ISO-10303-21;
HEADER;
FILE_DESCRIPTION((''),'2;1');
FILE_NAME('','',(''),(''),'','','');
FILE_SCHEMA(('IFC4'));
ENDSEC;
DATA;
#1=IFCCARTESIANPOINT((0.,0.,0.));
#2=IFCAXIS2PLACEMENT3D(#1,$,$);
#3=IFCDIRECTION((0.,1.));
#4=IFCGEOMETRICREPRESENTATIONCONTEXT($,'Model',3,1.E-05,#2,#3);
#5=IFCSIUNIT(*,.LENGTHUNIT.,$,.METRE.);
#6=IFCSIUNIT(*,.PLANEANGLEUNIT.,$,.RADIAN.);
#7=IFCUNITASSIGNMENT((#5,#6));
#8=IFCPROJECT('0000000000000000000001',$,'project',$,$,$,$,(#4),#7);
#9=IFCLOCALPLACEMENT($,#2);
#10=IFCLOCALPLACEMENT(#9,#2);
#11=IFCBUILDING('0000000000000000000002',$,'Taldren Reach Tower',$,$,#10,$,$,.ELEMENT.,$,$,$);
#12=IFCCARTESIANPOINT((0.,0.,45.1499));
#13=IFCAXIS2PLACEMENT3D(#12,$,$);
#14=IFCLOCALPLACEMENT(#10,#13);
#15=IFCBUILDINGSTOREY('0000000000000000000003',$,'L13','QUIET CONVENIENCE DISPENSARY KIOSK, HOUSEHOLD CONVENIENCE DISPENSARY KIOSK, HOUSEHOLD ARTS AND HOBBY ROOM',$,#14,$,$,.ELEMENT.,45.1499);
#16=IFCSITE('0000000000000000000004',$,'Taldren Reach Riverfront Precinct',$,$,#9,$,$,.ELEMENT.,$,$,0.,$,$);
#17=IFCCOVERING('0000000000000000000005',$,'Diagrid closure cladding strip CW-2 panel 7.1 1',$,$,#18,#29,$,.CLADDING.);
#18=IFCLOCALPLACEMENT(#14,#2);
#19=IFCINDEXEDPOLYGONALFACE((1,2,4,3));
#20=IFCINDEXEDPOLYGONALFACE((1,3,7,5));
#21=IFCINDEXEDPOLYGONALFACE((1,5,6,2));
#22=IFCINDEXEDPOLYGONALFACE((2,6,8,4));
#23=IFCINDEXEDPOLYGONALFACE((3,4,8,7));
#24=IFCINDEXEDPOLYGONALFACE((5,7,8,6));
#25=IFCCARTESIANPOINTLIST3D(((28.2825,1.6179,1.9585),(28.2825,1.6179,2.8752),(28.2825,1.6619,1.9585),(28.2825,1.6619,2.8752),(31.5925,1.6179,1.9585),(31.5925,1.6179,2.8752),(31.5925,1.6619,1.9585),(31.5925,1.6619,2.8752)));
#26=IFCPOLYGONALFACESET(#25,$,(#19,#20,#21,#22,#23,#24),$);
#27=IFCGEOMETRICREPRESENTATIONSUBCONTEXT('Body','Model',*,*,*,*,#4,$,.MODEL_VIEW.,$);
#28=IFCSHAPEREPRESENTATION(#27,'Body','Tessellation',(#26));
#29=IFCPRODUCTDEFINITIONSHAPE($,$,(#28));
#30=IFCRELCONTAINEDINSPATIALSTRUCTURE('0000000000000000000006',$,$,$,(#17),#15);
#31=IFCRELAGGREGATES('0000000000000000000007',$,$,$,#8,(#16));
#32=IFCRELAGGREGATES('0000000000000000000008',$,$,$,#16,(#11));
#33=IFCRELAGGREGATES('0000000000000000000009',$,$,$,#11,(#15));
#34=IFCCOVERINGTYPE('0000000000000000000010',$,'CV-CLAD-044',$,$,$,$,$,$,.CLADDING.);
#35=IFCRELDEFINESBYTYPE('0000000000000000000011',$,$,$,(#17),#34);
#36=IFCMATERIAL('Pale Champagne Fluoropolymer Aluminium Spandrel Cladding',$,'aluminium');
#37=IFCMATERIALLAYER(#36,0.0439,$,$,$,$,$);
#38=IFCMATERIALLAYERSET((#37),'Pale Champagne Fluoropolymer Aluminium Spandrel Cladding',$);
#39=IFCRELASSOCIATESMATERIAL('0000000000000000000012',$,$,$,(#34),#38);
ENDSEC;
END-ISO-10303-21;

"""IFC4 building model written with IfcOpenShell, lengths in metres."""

from ifc_helpers import new_model, si_unit, direction, frame, origin, origin_2d, place, context, subcontext, project, spatial, rectangle, extrude, source, transform, mapped, material, layer, layer_set, type_object, element, save


model = new_model("IFC4")

# Units and contexts
model_context = context("Model", 3, precision=1e-05, world=origin(), true_north=direction((0.0, 1.0)))
body_context = subcontext(model_context, "Body", "Model", "MODEL_VIEW")
ifc_project = project(units=[si_unit("LENGTHUNIT", "METRE"), si_unit("PLANEANGLEUNIT", "RADIAN")], contexts=[model_context])

# Site, building, storey
site_placement = place(None, origin())
site = spatial("IfcSite", under=ifc_project, at=site_placement, Name="Taldren Reach Riverfront Precinct", CompositionType="ELEMENT", RefElevation=0.0)
building_placement = place(site_placement, origin())
building = spatial("IfcBuilding", under=site, at=building_placement, Name="Taldren Reach Tower", CompositionType="ELEMENT")
storey_placement = place(building_placement, frame((0.0, 0.0, 45.1499)))
storey = spatial("IfcBuildingStorey", under=building, at=storey_placement, Name="L13", Description="QUIET CONVENIENCE DISPENSARY KIOSK, HOUSEHOLD CONVENIENCE DISPENSARY KIOSK, HOUSEHOLD ARTS AND HOBBY ROOM", CompositionType="ELEMENT", Elevation=45.1499)

# Covering
ifc_material_1 = material(Name="Pale Champagne Fluoropolymer Aluminium Spandrel Cladding", Category="aluminium")
ifc_layer_1 = layer(ifc_material_1, 0.0439)
ifc_layer_set_1 = layer_set([ifc_layer_1], Name="Pale Champagne Fluoropolymer Aluminium Spandrel Cladding")
covering_type = type_object("IfcCoveringType", Name="CV-CLAD-044", PredefinedType="CLADDING", material=ifc_layer_set_1)
shared_shape_1 = source(origin(), body_context, "Body", "SweptSolid", [
    extrude(rectangle(XDim=3.3101, YDim=0.0439, at=origin_2d()), origin(), (0.0, 0.0, 1.0), 0.9167),
])
covering_1_placement = place(storey_placement, frame((29.9375, 1.6399, 1.9585), z_axis=(0.0, 0.0, 1.0), x_axis=(1.0, 0.0, 0.0)))
element("IfcCovering", 1, at=covering_1_placement, inside=storey, type_object=covering_type, Name="Diagrid closure cladding strip CW-2 panel 7.1 1", PredefinedType="CLADDING", context=body_context, shape_type="MappedRepresentation", body=[
    mapped(shared_shape_1, transform((0.0, 0.0, 0.0), scale=1.0)),
])

save(model, "model.ifc")
